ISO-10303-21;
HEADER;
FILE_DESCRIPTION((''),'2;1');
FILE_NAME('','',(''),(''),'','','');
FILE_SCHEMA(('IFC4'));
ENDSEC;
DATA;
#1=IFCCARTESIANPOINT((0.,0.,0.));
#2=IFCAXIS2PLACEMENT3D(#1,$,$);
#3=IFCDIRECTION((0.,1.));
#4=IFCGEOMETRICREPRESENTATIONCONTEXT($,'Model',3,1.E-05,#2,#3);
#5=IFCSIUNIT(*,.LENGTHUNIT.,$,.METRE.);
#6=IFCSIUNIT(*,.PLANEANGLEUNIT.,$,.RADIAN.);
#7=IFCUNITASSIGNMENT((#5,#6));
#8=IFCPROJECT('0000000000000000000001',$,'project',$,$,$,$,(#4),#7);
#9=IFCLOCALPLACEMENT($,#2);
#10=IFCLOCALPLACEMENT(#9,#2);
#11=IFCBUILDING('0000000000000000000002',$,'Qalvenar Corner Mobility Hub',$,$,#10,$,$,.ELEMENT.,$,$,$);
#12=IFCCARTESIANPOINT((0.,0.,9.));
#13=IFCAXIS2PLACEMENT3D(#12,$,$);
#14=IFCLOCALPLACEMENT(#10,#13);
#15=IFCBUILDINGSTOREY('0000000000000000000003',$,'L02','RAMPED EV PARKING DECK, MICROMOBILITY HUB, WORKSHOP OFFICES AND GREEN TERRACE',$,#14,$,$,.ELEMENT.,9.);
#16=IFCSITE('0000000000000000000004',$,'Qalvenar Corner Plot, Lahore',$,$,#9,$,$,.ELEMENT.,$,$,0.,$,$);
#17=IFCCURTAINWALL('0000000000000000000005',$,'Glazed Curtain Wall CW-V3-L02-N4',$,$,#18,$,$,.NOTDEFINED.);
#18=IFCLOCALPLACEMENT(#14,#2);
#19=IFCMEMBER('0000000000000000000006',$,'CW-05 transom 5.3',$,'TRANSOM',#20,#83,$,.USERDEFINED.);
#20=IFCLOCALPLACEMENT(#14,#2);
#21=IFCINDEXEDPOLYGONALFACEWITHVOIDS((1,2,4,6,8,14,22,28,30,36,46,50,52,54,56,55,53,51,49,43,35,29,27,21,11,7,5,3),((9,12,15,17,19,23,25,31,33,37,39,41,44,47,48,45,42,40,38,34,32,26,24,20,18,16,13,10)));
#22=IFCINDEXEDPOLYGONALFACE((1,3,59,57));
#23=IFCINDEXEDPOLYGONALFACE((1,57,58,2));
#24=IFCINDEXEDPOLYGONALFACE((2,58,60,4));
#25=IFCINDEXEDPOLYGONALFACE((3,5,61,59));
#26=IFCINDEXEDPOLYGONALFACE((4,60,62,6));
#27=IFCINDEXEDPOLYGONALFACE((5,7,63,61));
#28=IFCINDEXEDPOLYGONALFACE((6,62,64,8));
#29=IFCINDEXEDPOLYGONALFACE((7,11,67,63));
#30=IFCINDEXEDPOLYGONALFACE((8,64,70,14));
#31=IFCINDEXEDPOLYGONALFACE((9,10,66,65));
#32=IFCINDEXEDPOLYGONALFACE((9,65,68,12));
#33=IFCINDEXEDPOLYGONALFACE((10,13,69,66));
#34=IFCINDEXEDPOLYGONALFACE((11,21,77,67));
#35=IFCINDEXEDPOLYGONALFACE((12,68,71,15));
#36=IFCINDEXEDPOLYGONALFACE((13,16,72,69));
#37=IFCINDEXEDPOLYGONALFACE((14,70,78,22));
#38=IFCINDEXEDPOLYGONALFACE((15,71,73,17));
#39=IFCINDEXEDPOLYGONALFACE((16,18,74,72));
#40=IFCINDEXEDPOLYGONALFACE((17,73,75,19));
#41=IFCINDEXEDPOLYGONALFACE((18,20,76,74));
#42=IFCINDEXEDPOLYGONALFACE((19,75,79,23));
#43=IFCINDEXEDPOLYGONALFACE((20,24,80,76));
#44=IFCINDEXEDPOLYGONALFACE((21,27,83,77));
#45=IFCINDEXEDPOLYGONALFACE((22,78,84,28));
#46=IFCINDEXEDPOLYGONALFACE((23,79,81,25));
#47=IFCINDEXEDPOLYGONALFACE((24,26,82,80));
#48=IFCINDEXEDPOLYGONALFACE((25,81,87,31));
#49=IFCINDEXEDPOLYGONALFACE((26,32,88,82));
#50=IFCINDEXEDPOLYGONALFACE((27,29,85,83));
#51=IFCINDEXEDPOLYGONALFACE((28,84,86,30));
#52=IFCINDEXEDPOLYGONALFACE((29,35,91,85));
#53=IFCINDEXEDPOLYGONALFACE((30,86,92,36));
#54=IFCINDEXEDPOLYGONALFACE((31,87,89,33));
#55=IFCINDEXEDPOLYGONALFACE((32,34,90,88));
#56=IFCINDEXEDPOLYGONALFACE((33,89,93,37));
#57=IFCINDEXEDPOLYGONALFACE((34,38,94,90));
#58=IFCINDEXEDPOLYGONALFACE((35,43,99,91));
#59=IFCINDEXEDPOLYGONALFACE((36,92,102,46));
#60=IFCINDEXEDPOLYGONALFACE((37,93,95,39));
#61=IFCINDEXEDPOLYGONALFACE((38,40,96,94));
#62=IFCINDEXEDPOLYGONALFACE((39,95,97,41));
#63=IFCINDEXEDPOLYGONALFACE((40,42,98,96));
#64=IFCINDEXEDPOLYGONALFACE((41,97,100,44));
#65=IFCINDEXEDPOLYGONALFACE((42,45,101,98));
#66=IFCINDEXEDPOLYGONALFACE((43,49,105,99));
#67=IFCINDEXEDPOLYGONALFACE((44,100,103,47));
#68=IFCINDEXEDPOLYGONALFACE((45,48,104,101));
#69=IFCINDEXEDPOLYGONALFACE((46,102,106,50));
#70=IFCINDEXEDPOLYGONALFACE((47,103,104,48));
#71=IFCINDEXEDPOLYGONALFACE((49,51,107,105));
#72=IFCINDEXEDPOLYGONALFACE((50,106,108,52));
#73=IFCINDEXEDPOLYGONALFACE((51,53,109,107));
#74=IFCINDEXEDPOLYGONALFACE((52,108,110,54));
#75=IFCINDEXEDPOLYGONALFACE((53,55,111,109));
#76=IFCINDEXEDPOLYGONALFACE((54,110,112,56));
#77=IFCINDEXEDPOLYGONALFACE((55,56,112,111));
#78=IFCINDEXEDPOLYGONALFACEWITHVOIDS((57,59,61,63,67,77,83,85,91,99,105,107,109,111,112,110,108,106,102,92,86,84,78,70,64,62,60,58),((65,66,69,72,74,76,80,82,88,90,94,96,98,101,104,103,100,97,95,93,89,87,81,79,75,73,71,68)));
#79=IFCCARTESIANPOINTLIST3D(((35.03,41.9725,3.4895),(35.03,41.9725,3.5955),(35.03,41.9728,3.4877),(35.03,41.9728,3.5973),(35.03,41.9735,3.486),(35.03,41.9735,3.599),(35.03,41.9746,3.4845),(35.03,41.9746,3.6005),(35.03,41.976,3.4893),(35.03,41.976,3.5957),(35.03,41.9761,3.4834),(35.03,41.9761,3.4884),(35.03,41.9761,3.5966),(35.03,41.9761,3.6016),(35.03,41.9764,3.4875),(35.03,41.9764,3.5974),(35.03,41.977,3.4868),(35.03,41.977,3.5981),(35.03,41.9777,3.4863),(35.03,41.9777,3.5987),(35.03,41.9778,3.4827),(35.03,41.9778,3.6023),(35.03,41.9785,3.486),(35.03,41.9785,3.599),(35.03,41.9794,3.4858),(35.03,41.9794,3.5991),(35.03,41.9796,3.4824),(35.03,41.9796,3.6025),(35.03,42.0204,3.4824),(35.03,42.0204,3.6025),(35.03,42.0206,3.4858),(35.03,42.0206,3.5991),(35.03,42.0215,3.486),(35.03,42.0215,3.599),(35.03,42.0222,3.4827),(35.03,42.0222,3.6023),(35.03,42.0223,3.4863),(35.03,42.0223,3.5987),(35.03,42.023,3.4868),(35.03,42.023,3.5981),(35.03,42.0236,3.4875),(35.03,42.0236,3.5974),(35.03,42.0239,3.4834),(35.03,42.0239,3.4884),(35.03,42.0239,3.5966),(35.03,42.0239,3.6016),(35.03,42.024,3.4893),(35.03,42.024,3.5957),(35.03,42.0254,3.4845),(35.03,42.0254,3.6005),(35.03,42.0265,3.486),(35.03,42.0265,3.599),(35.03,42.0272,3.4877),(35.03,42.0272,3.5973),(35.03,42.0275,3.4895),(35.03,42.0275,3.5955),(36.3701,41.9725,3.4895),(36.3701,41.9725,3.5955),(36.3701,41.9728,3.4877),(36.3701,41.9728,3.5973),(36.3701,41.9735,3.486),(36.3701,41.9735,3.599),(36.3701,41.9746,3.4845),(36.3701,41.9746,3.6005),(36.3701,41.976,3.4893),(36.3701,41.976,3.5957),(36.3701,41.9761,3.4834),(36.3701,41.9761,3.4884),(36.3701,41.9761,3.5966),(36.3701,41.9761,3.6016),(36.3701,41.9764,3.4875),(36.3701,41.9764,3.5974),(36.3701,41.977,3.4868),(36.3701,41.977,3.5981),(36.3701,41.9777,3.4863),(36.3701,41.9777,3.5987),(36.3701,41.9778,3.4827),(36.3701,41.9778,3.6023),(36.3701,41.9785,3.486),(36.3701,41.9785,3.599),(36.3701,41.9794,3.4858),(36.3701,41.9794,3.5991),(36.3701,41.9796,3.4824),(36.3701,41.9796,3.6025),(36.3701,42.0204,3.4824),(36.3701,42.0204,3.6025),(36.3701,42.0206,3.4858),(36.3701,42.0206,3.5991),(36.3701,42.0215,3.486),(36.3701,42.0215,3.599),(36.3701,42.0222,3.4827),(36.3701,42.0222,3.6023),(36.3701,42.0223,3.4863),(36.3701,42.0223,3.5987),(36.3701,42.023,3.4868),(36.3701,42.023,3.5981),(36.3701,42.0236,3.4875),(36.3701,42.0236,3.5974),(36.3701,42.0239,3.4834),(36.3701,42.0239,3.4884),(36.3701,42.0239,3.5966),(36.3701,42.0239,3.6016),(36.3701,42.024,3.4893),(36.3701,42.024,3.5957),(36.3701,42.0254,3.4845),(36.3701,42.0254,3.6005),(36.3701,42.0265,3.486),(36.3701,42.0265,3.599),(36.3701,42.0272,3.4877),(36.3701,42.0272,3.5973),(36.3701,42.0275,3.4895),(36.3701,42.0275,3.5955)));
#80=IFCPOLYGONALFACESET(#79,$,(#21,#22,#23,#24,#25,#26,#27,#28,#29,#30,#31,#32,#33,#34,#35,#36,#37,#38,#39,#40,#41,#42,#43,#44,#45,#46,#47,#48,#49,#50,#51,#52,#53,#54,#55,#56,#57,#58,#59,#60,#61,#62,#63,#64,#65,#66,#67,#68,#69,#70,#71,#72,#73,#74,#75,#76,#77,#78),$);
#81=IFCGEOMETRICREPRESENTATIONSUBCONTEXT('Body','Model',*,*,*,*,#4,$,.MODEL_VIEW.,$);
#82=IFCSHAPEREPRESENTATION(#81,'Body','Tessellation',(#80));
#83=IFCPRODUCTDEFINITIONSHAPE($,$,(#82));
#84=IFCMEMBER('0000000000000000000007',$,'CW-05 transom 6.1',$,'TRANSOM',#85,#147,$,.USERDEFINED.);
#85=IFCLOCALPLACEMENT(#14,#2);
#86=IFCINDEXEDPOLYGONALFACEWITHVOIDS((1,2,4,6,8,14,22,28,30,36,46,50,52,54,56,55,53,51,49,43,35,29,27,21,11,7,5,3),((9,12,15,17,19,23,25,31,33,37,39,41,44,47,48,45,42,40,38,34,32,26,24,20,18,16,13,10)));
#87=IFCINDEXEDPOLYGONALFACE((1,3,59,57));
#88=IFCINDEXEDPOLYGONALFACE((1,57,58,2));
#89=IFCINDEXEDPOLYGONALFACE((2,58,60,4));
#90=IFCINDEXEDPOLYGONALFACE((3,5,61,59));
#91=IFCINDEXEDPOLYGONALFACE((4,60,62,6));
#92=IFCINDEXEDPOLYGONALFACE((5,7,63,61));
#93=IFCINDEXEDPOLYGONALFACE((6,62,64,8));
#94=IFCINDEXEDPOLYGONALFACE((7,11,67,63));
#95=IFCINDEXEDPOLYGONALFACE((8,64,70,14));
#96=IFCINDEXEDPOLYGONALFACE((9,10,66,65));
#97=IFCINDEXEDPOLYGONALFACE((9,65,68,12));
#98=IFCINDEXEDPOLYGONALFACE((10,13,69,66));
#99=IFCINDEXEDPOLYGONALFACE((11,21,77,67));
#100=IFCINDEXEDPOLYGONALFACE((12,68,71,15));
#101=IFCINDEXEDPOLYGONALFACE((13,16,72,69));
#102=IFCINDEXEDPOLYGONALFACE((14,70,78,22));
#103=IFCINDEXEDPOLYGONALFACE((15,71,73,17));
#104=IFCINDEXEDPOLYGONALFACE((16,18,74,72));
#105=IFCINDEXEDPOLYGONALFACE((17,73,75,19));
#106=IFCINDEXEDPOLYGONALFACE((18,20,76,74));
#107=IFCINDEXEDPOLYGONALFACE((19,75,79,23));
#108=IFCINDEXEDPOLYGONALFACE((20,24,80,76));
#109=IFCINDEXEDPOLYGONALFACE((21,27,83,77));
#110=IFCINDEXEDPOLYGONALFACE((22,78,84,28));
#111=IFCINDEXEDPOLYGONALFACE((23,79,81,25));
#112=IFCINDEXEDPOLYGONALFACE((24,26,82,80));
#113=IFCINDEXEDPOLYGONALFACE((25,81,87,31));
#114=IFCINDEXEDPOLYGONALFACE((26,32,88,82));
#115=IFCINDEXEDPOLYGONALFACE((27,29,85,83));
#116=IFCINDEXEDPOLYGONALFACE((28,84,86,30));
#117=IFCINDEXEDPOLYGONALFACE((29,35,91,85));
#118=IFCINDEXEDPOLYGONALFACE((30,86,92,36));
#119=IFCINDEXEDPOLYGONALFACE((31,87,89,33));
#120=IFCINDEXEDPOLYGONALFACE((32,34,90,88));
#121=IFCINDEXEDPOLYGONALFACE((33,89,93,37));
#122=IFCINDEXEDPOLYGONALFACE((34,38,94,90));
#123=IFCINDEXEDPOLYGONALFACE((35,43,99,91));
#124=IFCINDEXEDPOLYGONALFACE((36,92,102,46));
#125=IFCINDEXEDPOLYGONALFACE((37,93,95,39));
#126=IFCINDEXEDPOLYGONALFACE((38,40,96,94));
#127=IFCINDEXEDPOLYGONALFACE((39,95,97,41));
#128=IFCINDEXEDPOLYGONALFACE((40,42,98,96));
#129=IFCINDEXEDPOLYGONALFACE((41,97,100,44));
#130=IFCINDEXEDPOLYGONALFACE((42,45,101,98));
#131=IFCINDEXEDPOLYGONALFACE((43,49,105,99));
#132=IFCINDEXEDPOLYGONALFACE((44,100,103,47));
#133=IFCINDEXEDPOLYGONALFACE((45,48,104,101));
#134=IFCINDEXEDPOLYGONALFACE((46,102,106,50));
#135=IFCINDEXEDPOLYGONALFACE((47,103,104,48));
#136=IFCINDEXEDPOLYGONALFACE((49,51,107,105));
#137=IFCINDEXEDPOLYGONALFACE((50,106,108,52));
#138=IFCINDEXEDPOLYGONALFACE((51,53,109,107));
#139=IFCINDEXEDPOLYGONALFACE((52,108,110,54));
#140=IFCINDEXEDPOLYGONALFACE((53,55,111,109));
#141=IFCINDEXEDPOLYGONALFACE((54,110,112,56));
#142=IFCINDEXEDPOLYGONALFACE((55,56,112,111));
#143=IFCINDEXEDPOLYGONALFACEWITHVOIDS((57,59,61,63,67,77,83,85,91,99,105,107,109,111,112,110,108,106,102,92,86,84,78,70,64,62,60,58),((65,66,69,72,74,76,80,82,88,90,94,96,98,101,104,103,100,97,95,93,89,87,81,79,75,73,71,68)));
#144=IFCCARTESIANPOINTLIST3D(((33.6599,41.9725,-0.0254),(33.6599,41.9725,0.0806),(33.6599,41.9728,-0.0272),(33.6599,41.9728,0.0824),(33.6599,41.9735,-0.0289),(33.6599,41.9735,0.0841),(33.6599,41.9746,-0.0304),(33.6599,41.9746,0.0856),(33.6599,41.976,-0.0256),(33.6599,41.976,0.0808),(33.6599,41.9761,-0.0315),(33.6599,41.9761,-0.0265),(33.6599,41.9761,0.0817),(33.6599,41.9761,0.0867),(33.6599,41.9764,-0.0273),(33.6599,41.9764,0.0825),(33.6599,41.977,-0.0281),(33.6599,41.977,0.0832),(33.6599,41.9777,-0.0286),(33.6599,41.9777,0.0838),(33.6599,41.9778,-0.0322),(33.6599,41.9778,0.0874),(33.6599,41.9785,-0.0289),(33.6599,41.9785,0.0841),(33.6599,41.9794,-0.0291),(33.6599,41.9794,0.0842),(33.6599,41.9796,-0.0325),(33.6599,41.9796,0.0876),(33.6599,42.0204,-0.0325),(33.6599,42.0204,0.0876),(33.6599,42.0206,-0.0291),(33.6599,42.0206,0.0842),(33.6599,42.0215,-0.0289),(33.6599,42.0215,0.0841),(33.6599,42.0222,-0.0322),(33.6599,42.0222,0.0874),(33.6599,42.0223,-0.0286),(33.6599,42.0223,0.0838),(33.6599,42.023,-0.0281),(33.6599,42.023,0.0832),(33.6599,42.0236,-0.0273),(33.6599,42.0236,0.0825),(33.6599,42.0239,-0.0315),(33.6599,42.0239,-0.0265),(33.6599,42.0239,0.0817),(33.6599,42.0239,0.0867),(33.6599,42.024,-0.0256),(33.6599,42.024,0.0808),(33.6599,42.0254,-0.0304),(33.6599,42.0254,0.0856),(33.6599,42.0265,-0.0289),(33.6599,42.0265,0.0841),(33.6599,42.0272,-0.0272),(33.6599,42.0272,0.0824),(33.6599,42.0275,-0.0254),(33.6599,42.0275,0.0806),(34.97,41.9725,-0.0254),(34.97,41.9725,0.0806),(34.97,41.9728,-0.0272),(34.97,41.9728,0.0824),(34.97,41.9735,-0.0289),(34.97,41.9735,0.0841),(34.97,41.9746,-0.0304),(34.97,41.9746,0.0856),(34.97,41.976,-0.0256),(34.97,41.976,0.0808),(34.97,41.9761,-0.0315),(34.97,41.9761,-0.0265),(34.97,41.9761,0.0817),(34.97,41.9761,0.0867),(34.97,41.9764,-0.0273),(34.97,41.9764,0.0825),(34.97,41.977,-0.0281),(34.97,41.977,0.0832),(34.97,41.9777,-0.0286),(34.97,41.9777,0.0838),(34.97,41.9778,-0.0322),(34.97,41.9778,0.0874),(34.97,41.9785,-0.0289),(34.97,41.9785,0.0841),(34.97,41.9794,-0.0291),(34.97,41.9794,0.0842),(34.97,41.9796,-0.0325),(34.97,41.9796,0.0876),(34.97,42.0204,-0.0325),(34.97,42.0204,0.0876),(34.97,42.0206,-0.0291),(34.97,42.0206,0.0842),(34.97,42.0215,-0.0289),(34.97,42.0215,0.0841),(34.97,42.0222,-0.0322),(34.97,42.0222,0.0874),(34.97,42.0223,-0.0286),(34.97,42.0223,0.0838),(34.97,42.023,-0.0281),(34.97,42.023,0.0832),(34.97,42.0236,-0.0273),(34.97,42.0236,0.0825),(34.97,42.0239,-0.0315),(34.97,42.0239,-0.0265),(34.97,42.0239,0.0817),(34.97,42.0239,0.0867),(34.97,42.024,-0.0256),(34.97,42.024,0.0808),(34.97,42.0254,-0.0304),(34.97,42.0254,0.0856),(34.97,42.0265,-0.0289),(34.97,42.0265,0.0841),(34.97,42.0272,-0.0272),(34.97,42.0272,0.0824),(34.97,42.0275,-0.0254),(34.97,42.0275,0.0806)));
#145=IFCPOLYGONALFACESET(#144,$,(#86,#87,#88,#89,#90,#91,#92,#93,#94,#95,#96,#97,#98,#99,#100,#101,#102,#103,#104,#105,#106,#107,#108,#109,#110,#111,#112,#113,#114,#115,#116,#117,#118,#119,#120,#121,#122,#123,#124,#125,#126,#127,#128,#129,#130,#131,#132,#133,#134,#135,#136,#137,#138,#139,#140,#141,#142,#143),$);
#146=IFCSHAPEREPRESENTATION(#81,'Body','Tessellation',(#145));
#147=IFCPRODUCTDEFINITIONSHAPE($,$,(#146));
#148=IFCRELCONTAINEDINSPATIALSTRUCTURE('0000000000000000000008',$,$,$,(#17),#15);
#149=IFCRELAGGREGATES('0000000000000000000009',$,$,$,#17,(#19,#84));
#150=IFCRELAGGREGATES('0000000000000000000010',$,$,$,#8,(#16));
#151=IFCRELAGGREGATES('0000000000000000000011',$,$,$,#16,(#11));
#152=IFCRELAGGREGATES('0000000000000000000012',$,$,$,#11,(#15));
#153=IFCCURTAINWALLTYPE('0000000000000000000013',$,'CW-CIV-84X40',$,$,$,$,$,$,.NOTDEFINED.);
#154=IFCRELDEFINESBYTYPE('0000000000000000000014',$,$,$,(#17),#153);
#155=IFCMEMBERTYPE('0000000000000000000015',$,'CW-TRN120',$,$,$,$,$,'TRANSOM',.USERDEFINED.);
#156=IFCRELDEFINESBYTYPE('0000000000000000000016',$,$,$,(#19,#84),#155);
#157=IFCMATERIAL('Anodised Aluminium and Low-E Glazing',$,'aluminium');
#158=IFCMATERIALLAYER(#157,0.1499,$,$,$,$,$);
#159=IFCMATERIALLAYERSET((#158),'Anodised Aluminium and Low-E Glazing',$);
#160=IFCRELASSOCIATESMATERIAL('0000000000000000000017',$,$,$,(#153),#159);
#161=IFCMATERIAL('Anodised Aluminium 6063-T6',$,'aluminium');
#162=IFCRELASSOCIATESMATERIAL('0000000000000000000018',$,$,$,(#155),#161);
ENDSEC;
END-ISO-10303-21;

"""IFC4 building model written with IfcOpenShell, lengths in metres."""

from ifc_helpers import new_model, si_unit, direction, frame, origin, origin_2d, place, context, subcontext, project, spatial, hollow_rectangle, extrude, material, layer, layer_set, material_profile, profile_set, type_object, element, aggregate, save


model = new_model("IFC4")

# Units and contexts
model_context = context("Model", 3, precision=1e-05, world=origin(), true_north=direction((0.0, 1.0)))
body_context = subcontext(model_context, "Body", "Model", "MODEL_VIEW")
ifc_project = project(units=[si_unit("LENGTHUNIT", "METRE"), si_unit("PLANEANGLEUNIT", "RADIAN")], contexts=[model_context])

# Site, building, storey
site_placement = place(None, origin())
site = spatial("IfcSite", under=ifc_project, at=site_placement, Name="Qalvenar Corner Plot, Lahore", CompositionType="ELEMENT", RefElevation=0.0)
building_placement = place(site_placement, origin())
building = spatial("IfcBuilding", under=site, at=building_placement, Name="Qalvenar Corner Mobility Hub", CompositionType="ELEMENT")
storey_placement = place(building_placement, frame((0.0, 0.0, 9.0)))
storey = spatial("IfcBuildingStorey", under=building, at=storey_placement, Name="L02", Description="RAMPED EV PARKING DECK, MICROMOBILITY HUB, WORKSHOP OFFICES AND GREEN TERRACE", CompositionType="ELEMENT", Elevation=9.0)

# Curtain wall, members
ifc_material_1 = material(Name="Anodised Aluminium and Low-E Glazing", Category="aluminium")
ifc_layer_1 = layer(ifc_material_1, 0.1499)
ifc_layer_set_1 = layer_set([ifc_layer_1], Name="Anodised Aluminium and Low-E Glazing")
curtain_wall_type = type_object("IfcCurtainWallType", Name="CW-CIV-84X40", PredefinedType="NOTDEFINED", material=ifc_layer_set_1)
curtain_wall_placement = place(storey_placement, origin())
curtain_wall = element("IfcCurtainWall", 1, at=curtain_wall_placement, inside=storey, type_object=curtain_wall_type, Name="Glazed Curtain Wall CW-V3-L02-N4", PredefinedType="NOTDEFINED")
ifc_material_2 = material(Name="Anodised Aluminium 6063-T6", Category="aluminium")
ifc_material_profile_1 = material_profile(ifc_material_2, hollow_rectangle(XDim=0.0549, YDim=0.1201, WallThickness=0.0034, InnerFilletRadius=0.0034, OuterFilletRadius=0.0071, at=origin_2d()), Name="RHS120x55x3.5")
ifc_profile_set_1 = profile_set([ifc_material_profile_1], Name="Anodised Aluminium 6063-T6")
member_type_1 = type_object("IfcMemberType", Name="CW-TRN120", ElementType="TRANSOM", PredefinedType="USERDEFINED", material=ifc_profile_set_1)
member_1_placement = place(storey_placement, frame((36.3701, 42.0, 3.5425), z_axis=(-1.0, 0.0, 0.0), x_axis=(0.0, -1.0, 0.0)))
member_1 = element("IfcMember", 2, at=member_1_placement, type_object=member_type_1, Name="CW-05 transom 5.3", ObjectType="TRANSOM", PredefinedType="USERDEFINED", context=body_context, shape_type="SweptSolid", body=[
    extrude(hollow_rectangle(XDim=0.0549, YDim=0.1201, WallThickness=0.0034, InnerFilletRadius=0.0034, OuterFilletRadius=0.0071, at=origin_2d()), origin(), (0.0, 0.0, 1.0), 1.3401),
])
member_2_placement = place(storey_placement, frame((34.97, 42.0, 0.0276), z_axis=(-1.0, 0.0, 0.0), x_axis=(0.0, -1.0, 0.0)))
member_2 = element("IfcMember", 3, at=member_2_placement, type_object=member_type_1, Name="CW-05 transom 6.1", ObjectType="TRANSOM", PredefinedType="USERDEFINED", context=body_context, shape_type="SweptSolid", body=[
    extrude(hollow_rectangle(XDim=0.0549, YDim=0.1201, WallThickness=0.0034, InnerFilletRadius=0.0034, OuterFilletRadius=0.0071, at=origin_2d()), origin(), (0.0, 0.0, 1.0), 1.3101),
])

aggregate(curtain_wall, [member_1, member_2])

save(model, "model.ifc")
